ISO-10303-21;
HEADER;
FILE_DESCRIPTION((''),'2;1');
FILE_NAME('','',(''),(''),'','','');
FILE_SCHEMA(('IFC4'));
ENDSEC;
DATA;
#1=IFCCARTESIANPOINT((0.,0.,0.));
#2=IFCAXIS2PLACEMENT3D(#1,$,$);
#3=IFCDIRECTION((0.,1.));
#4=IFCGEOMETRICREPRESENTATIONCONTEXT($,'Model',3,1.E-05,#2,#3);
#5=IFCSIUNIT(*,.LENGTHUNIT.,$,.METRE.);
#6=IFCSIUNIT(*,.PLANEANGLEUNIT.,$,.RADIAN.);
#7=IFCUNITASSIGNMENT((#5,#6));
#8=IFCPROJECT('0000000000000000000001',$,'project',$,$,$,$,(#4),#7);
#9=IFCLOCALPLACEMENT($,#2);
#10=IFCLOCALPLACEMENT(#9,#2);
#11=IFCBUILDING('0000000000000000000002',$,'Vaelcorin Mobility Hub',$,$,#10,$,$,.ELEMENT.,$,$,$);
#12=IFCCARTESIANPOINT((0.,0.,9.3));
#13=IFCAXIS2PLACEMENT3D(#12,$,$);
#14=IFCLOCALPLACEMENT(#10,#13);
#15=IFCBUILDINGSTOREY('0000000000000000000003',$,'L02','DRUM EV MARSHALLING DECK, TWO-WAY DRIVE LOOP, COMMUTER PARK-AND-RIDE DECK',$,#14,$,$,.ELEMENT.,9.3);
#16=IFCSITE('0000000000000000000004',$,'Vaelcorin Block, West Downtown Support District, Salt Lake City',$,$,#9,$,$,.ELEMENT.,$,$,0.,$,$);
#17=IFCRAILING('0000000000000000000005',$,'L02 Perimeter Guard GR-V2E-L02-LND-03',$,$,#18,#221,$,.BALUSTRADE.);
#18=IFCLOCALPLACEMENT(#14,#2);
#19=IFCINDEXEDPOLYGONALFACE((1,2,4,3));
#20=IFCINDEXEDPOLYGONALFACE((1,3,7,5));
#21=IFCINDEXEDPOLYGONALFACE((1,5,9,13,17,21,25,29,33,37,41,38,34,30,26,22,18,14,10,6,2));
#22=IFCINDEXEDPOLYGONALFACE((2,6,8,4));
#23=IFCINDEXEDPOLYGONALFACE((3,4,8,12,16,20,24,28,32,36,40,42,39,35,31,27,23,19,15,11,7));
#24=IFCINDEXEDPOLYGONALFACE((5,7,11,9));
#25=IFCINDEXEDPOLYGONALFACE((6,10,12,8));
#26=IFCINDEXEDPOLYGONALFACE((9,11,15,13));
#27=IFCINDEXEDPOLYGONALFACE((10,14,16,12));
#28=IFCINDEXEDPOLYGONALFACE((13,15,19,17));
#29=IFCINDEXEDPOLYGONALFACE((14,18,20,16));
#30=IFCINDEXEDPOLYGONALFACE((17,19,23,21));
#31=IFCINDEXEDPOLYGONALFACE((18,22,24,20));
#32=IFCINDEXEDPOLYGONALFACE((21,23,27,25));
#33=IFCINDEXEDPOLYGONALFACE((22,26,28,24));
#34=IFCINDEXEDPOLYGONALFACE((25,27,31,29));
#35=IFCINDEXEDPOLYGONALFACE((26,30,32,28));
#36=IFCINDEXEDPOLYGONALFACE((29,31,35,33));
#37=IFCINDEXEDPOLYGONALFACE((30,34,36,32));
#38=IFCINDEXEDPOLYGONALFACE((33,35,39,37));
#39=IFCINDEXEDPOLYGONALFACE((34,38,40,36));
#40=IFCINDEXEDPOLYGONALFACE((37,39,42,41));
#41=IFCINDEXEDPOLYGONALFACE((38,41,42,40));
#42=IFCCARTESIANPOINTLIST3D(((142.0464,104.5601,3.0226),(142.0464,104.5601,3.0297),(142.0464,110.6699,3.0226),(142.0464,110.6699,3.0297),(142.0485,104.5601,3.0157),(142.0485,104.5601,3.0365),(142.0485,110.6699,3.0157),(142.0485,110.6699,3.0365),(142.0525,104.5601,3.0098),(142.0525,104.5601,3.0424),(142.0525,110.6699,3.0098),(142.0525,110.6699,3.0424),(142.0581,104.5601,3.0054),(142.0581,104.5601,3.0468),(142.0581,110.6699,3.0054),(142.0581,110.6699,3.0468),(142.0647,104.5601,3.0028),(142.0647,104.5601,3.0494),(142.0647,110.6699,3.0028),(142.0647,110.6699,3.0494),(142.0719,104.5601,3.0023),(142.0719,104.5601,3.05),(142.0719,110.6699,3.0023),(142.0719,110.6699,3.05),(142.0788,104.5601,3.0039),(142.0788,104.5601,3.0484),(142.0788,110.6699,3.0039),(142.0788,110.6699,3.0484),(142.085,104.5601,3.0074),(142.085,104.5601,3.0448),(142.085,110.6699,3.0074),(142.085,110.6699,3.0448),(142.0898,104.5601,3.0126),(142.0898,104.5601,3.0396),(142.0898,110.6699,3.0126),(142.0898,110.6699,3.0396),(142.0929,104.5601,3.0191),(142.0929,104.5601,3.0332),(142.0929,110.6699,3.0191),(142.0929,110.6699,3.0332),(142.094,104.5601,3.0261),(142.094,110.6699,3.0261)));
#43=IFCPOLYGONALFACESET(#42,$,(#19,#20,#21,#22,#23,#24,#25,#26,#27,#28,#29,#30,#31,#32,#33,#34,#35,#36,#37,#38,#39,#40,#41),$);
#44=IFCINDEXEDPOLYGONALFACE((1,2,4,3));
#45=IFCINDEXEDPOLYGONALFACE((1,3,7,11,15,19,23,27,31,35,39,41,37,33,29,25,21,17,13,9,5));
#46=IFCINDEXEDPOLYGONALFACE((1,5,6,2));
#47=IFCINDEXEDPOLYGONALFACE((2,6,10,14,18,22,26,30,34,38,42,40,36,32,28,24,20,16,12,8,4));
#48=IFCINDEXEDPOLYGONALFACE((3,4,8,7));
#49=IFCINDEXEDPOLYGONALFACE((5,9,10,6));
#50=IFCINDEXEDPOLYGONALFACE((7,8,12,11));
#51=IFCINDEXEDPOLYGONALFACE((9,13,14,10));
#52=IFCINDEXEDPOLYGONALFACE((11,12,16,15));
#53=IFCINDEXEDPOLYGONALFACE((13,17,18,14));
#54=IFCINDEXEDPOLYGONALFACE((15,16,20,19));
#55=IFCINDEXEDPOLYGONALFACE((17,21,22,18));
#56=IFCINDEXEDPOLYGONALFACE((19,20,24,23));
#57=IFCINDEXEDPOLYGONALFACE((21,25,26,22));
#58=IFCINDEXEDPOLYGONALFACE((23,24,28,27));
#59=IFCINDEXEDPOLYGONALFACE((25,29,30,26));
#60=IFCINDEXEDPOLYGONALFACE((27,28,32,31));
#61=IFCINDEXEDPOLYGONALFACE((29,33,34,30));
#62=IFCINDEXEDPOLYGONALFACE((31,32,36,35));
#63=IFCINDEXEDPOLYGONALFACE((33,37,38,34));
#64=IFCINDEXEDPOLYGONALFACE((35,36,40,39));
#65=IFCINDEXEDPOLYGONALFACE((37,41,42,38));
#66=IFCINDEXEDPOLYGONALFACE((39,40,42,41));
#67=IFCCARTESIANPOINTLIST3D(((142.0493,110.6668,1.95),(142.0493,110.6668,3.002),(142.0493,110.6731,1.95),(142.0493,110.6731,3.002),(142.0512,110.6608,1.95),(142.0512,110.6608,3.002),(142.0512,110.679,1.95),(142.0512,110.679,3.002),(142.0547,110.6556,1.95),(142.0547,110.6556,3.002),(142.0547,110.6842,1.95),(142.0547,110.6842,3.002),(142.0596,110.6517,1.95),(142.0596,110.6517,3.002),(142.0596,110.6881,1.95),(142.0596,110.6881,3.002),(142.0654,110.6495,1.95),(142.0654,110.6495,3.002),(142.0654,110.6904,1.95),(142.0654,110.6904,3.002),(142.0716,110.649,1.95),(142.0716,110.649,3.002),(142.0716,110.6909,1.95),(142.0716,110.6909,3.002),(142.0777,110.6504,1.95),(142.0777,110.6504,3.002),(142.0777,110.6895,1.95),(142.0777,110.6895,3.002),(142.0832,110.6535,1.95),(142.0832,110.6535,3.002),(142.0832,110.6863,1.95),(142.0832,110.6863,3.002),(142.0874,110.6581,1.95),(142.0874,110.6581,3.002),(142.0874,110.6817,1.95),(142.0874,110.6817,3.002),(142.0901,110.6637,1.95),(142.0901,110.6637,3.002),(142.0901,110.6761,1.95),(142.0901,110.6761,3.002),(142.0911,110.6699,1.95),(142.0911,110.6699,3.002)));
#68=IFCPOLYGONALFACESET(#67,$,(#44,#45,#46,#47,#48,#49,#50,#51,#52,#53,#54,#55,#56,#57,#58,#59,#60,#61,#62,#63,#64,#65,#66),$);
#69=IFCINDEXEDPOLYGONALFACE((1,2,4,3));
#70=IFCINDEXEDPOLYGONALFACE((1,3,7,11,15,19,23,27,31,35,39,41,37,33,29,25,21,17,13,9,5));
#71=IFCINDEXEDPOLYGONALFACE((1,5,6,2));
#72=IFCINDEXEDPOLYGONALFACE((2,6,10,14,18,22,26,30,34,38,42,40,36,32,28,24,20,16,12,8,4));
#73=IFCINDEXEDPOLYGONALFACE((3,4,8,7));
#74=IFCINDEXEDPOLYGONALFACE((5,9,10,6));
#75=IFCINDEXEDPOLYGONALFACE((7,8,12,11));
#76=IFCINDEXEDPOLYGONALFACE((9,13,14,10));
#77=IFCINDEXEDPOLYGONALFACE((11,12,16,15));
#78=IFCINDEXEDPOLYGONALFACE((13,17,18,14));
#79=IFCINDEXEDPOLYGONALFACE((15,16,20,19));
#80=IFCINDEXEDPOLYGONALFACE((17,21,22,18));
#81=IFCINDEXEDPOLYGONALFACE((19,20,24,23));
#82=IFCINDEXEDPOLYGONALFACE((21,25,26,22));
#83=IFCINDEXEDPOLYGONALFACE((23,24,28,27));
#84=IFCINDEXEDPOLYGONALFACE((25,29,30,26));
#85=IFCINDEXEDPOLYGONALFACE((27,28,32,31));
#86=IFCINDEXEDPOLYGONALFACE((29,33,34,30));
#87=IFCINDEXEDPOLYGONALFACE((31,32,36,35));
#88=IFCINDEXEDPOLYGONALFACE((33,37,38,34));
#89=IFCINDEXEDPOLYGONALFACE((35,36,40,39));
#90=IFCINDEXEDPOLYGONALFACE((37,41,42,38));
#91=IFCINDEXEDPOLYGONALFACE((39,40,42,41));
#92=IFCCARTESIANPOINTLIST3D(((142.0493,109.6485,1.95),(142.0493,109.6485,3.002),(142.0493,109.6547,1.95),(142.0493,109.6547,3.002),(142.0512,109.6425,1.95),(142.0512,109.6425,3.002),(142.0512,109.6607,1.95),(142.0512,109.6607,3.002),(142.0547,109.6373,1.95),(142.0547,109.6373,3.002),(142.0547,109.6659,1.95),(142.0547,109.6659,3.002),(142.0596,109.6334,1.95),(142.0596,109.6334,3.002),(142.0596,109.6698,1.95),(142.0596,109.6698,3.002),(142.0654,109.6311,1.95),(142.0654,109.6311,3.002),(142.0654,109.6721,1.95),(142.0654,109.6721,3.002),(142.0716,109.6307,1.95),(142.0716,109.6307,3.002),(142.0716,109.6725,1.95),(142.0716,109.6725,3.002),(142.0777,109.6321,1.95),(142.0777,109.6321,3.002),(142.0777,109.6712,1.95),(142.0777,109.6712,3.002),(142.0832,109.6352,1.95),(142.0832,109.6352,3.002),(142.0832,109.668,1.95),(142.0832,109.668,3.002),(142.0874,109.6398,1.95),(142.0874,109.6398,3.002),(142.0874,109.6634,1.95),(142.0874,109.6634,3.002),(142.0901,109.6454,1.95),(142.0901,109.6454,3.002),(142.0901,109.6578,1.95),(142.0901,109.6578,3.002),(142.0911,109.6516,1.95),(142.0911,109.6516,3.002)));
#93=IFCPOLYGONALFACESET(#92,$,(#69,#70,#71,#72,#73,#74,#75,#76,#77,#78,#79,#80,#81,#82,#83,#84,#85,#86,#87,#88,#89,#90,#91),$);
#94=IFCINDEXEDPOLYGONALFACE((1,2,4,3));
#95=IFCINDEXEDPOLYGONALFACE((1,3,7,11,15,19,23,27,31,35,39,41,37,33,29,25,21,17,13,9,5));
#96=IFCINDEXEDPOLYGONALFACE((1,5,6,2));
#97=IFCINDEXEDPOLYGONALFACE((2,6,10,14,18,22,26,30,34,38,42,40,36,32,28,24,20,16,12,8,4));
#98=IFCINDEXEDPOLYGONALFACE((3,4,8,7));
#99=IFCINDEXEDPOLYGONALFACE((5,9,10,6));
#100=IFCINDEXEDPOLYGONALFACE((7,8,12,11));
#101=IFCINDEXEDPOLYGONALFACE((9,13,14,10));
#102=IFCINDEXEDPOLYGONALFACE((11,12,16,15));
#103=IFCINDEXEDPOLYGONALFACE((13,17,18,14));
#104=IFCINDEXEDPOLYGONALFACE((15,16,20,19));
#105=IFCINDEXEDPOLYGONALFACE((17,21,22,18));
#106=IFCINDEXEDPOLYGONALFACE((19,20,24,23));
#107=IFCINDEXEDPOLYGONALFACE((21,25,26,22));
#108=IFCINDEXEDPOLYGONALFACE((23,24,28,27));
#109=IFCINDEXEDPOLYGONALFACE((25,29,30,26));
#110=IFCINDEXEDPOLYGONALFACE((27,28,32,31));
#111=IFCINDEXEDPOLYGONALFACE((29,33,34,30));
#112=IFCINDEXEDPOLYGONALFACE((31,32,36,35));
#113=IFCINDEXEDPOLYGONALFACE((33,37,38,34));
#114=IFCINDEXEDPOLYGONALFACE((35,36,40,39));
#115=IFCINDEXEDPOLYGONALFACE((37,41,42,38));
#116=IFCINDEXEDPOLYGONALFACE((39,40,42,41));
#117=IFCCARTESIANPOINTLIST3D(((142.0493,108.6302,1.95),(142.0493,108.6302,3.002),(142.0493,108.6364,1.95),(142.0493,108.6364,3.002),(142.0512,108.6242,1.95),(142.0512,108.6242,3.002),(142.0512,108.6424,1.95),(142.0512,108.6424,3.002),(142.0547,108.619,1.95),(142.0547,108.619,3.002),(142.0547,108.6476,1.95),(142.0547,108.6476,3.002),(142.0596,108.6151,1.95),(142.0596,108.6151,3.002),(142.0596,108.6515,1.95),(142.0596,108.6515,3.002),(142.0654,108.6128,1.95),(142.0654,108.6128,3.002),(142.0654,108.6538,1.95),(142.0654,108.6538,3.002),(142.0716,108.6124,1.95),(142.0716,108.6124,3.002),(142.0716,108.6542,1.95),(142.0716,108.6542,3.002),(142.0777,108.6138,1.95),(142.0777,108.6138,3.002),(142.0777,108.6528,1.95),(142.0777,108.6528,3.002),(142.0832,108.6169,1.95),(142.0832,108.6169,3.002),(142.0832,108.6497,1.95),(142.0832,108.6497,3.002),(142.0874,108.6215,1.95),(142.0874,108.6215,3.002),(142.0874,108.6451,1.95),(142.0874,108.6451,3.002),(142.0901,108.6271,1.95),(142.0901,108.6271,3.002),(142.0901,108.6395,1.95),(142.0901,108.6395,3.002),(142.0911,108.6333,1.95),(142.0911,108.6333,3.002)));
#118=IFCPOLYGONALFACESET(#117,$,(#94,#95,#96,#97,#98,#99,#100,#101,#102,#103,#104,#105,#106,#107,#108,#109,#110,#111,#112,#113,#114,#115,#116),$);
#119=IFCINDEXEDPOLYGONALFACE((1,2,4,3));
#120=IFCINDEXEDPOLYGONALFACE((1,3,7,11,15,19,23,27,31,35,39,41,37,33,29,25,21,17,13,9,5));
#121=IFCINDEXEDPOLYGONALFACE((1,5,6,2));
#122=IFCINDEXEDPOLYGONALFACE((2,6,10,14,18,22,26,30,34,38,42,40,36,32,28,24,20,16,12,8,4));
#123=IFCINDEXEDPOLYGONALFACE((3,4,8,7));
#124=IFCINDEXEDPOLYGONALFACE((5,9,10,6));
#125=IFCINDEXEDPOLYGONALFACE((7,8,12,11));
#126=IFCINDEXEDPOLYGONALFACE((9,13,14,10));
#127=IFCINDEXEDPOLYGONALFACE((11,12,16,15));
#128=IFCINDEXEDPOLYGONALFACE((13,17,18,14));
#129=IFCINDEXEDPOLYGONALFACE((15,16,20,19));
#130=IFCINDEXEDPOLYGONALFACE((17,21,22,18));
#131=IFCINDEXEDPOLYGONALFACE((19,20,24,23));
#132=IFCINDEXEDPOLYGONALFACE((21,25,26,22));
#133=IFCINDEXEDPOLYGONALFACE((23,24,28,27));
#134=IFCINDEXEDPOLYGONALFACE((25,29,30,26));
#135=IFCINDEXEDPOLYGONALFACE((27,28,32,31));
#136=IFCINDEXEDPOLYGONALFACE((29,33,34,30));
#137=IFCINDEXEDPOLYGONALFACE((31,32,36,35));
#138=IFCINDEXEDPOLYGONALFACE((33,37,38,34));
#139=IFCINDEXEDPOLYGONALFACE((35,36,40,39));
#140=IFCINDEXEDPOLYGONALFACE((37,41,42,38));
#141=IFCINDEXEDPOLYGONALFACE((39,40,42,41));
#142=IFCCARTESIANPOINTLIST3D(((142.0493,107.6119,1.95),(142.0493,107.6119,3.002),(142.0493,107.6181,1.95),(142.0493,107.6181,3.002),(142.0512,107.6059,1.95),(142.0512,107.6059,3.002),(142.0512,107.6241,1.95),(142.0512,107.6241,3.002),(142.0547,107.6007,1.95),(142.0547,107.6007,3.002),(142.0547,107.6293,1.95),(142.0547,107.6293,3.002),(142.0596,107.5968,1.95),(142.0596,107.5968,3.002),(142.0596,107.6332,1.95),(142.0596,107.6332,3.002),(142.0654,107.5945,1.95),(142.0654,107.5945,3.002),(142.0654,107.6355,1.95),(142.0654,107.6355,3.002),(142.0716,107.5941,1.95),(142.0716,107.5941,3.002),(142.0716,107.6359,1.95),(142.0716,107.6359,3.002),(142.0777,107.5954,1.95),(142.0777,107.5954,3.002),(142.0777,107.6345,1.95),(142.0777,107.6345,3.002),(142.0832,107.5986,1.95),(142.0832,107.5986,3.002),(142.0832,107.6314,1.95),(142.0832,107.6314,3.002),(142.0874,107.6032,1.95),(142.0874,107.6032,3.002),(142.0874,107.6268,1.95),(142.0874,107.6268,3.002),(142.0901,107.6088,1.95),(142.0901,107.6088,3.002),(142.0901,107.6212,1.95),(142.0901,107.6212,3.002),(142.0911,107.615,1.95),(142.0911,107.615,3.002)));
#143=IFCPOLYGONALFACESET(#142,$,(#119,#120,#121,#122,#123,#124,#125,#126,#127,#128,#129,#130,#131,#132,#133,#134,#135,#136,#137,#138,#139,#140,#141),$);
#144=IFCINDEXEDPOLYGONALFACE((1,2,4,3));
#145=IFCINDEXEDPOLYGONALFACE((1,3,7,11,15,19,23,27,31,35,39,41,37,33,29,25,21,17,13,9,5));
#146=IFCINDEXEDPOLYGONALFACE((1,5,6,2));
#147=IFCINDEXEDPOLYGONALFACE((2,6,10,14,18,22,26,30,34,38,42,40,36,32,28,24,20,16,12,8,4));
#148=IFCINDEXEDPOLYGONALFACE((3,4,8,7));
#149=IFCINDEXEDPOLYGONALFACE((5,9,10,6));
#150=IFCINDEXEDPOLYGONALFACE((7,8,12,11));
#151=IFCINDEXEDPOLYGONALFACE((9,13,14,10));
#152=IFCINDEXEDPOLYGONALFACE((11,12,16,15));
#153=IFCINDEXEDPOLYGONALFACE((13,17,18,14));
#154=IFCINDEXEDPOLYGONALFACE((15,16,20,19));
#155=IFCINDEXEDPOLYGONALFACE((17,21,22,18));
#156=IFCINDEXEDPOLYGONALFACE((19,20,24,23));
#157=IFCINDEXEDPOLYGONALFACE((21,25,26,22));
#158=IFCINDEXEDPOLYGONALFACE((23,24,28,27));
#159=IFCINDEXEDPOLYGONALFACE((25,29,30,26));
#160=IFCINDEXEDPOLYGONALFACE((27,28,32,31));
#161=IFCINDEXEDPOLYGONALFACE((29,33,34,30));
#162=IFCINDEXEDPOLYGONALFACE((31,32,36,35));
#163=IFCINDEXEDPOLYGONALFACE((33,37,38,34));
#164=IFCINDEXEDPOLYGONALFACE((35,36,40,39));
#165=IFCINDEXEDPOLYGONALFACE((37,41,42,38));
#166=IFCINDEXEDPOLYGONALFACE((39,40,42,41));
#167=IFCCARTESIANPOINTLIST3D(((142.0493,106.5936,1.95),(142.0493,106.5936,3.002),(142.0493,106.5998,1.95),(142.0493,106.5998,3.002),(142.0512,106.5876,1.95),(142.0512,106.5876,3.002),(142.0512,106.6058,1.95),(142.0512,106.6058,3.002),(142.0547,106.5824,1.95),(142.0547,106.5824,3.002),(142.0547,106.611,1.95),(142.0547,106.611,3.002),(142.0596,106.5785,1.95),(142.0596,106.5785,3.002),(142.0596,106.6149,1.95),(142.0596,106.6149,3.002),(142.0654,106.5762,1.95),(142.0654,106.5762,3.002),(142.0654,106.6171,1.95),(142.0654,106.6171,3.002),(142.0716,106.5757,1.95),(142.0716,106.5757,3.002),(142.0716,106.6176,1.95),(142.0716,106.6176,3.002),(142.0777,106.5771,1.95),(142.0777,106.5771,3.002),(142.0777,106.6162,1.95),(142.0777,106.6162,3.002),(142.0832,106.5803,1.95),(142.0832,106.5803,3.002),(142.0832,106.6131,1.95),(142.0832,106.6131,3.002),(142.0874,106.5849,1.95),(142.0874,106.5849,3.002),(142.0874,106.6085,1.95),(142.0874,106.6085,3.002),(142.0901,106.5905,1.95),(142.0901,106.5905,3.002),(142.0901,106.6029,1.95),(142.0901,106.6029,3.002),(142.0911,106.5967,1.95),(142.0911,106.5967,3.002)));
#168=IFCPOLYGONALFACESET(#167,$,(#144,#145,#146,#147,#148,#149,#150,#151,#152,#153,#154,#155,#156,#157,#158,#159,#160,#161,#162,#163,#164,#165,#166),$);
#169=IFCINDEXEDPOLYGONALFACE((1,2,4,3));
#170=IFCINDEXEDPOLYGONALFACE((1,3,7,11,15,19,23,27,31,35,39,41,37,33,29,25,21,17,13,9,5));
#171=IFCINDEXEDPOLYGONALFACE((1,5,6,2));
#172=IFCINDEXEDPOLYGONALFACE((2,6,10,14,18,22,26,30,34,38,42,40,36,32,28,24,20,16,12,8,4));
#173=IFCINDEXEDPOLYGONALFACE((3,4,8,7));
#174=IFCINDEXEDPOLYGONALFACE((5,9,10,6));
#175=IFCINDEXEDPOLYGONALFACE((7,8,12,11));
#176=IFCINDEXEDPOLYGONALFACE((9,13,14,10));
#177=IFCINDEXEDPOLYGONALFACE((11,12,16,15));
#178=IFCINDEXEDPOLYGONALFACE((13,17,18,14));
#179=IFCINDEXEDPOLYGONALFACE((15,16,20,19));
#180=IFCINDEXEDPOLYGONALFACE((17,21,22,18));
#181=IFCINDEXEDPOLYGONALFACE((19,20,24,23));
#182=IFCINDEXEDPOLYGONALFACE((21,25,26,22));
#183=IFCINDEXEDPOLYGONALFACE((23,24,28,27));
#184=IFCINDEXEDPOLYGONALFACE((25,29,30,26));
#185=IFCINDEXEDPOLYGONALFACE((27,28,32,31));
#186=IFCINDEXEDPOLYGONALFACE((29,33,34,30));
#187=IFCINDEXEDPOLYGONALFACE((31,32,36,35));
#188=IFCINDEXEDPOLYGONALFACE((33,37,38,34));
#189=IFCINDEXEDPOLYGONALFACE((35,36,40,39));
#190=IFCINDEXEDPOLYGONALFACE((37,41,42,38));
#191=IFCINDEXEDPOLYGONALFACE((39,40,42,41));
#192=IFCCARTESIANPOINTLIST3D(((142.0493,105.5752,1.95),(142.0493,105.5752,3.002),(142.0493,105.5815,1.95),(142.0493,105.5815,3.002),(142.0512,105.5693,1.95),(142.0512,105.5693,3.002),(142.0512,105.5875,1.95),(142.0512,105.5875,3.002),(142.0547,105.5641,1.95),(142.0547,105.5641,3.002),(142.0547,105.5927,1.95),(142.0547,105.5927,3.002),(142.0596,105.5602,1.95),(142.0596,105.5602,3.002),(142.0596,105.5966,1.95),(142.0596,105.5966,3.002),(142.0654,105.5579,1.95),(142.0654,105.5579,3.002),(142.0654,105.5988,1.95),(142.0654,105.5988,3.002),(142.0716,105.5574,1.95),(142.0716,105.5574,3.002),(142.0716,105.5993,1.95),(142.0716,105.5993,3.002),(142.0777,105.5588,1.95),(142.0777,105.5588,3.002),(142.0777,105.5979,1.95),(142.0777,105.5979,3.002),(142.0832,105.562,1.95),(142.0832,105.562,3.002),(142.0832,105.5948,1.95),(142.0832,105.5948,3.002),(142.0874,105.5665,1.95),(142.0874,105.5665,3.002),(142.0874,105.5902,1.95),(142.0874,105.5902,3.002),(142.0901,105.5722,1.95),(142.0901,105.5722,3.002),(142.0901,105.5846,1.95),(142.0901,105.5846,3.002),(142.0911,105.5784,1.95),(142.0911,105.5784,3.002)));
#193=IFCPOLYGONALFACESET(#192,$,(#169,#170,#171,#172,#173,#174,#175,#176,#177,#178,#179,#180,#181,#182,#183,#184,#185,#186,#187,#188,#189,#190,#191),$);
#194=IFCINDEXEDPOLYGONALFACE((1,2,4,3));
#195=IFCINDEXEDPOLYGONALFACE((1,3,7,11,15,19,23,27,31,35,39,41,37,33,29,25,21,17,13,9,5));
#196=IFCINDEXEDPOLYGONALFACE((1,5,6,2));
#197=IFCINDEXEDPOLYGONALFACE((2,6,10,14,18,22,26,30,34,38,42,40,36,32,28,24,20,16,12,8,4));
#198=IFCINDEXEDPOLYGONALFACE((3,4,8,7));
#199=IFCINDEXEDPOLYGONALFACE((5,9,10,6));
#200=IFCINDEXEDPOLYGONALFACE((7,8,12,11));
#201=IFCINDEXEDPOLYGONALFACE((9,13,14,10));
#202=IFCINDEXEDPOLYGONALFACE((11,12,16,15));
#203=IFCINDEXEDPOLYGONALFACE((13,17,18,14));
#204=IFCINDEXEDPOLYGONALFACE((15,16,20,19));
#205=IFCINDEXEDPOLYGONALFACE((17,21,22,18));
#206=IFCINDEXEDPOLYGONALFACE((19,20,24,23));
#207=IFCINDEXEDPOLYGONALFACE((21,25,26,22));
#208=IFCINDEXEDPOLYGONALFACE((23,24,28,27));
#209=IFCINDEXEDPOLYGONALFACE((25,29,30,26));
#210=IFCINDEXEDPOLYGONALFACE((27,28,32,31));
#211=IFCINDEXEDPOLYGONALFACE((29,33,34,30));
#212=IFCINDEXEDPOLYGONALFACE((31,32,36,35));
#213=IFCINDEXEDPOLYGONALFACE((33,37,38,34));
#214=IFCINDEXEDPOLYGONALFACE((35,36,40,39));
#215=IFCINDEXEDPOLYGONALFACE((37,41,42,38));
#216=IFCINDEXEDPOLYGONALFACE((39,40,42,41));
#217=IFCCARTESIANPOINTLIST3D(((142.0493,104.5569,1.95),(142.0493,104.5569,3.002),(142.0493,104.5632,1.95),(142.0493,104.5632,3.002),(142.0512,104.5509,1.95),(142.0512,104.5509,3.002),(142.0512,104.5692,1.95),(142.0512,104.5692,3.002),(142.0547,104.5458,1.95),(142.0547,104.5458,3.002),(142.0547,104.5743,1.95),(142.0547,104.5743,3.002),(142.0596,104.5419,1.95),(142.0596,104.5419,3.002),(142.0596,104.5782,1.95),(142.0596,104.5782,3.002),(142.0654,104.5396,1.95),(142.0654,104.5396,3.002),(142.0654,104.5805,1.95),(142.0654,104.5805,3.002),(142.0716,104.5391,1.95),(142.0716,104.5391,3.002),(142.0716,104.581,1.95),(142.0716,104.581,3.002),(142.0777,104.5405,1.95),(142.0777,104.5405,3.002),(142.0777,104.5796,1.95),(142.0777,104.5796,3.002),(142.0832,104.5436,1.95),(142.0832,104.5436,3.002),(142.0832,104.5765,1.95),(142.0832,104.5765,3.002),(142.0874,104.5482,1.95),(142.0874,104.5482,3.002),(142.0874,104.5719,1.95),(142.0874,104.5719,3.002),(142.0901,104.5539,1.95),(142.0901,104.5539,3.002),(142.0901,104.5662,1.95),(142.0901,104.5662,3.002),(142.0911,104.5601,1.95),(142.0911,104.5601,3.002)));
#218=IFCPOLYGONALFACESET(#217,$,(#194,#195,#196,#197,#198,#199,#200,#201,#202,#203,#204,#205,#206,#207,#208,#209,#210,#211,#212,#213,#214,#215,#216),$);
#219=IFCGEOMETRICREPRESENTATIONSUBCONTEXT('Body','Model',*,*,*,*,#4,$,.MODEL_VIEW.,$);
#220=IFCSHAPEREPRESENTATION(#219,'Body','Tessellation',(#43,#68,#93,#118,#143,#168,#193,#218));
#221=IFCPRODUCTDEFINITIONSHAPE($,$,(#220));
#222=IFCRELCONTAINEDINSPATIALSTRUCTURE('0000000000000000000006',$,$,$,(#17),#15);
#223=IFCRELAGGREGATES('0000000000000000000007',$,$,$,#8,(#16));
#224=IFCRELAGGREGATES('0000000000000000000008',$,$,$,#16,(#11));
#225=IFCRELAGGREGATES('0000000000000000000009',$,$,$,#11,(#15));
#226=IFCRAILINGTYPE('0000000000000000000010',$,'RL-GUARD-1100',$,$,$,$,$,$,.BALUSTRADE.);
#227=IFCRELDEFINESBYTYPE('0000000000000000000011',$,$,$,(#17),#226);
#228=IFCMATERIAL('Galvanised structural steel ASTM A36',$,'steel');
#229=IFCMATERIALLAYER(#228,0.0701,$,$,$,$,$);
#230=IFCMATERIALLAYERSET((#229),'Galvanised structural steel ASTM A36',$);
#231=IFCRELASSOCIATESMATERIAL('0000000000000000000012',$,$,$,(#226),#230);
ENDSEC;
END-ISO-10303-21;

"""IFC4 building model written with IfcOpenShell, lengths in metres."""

from ifc_helpers import new_model, si_unit, direction, frame, origin, origin_2d, place, context, subcontext, project, spatial, circle, extrude, material, layer, layer_set, type_object, element, save


model = new_model("IFC4")

# Units and contexts
model_context = context("Model", 3, precision=1e-05, world=origin(), true_north=direction((0.0, 1.0)))
body_context = subcontext(model_context, "Body", "Model", "MODEL_VIEW")
ifc_project = project(units=[si_unit("LENGTHUNIT", "METRE"), si_unit("PLANEANGLEUNIT", "RADIAN")], contexts=[model_context])

# Site, building, storey
site_placement = place(None, origin())
site = spatial("IfcSite", under=ifc_project, at=site_placement, Name="Vaelcorin Block, West Downtown Support District, Salt Lake City", CompositionType="ELEMENT", RefElevation=0.0)
building_placement = place(site_placement, origin())
building = spatial("IfcBuilding", under=site, at=building_placement, Name="Vaelcorin Mobility Hub", CompositionType="ELEMENT")
storey_placement = place(building_placement, frame((0.0, 0.0, 9.3)))
storey = spatial("IfcBuildingStorey", under=building, at=storey_placement, Name="L02", Description="DRUM EV MARSHALLING DECK, TWO-WAY DRIVE LOOP, COMMUTER PARK-AND-RIDE DECK", CompositionType="ELEMENT", Elevation=9.3)

# Railing
ifc_material_1 = material(Name="Galvanised structural steel ASTM A36", Category="steel")
ifc_layer = layer(ifc_material_1, 0.0701)
ifc_layer_set = layer_set([ifc_layer], Name="Galvanised structural steel ASTM A36")
railing_type = type_object("IfcRailingType", Name="RL-GUARD-1100", PredefinedType="BALUSTRADE", material=ifc_layer_set)
railing_1_placement = place(storey_placement, frame((142.0701, 110.6699, 1.95)))
element("IfcRailing", 1, at=railing_1_placement, inside=storey, type_object=railing_type, Name="L02 Perimeter Guard GR-V2E-L02-LND-03", PredefinedType="BALUSTRADE", context=body_context, shape_type="SweptSolid", body=[
    extrude(circle(Radius=0.0239, at=origin_2d()), frame((0.0, 0.0, 1.0762), z_axis=(0.0, -1.0, 0.0), x_axis=(1.0, 0.0, 0.0)), (0.0, 0.0, 1.0), 6.1099),
    extrude(circle(Radius=0.021, at=origin_2d()), origin(), (0.0, 0.0, 1.0), 1.052),
    extrude(circle(Radius=0.021, at=origin_2d()), frame((0.0, -1.0183, 0.0)), (0.0, 0.0, 1.0), 1.052),
    extrude(circle(Radius=0.021, at=origin_2d()), frame((0.0, -2.0366, 0.0)), (0.0, 0.0, 1.0), 1.052),
    extrude(circle(Radius=0.021, at=origin_2d()), frame((0.0, -3.0549, 0.0)), (0.0, 0.0, 1.0), 1.052),
    extrude(circle(Radius=0.021, at=origin_2d()), frame((0.0, -4.0732, 0.0)), (0.0, 0.0, 1.0), 1.052),
    extrude(circle(Radius=0.021, at=origin_2d()), frame((0.0, -5.0916, 0.0)), (0.0, 0.0, 1.0), 1.052),
    extrude(circle(Radius=0.021, at=origin_2d()), frame((0.0, -6.1099, 0.0)), (0.0, 0.0, 1.0), 1.052),
])

save(model, "model.ifc")
